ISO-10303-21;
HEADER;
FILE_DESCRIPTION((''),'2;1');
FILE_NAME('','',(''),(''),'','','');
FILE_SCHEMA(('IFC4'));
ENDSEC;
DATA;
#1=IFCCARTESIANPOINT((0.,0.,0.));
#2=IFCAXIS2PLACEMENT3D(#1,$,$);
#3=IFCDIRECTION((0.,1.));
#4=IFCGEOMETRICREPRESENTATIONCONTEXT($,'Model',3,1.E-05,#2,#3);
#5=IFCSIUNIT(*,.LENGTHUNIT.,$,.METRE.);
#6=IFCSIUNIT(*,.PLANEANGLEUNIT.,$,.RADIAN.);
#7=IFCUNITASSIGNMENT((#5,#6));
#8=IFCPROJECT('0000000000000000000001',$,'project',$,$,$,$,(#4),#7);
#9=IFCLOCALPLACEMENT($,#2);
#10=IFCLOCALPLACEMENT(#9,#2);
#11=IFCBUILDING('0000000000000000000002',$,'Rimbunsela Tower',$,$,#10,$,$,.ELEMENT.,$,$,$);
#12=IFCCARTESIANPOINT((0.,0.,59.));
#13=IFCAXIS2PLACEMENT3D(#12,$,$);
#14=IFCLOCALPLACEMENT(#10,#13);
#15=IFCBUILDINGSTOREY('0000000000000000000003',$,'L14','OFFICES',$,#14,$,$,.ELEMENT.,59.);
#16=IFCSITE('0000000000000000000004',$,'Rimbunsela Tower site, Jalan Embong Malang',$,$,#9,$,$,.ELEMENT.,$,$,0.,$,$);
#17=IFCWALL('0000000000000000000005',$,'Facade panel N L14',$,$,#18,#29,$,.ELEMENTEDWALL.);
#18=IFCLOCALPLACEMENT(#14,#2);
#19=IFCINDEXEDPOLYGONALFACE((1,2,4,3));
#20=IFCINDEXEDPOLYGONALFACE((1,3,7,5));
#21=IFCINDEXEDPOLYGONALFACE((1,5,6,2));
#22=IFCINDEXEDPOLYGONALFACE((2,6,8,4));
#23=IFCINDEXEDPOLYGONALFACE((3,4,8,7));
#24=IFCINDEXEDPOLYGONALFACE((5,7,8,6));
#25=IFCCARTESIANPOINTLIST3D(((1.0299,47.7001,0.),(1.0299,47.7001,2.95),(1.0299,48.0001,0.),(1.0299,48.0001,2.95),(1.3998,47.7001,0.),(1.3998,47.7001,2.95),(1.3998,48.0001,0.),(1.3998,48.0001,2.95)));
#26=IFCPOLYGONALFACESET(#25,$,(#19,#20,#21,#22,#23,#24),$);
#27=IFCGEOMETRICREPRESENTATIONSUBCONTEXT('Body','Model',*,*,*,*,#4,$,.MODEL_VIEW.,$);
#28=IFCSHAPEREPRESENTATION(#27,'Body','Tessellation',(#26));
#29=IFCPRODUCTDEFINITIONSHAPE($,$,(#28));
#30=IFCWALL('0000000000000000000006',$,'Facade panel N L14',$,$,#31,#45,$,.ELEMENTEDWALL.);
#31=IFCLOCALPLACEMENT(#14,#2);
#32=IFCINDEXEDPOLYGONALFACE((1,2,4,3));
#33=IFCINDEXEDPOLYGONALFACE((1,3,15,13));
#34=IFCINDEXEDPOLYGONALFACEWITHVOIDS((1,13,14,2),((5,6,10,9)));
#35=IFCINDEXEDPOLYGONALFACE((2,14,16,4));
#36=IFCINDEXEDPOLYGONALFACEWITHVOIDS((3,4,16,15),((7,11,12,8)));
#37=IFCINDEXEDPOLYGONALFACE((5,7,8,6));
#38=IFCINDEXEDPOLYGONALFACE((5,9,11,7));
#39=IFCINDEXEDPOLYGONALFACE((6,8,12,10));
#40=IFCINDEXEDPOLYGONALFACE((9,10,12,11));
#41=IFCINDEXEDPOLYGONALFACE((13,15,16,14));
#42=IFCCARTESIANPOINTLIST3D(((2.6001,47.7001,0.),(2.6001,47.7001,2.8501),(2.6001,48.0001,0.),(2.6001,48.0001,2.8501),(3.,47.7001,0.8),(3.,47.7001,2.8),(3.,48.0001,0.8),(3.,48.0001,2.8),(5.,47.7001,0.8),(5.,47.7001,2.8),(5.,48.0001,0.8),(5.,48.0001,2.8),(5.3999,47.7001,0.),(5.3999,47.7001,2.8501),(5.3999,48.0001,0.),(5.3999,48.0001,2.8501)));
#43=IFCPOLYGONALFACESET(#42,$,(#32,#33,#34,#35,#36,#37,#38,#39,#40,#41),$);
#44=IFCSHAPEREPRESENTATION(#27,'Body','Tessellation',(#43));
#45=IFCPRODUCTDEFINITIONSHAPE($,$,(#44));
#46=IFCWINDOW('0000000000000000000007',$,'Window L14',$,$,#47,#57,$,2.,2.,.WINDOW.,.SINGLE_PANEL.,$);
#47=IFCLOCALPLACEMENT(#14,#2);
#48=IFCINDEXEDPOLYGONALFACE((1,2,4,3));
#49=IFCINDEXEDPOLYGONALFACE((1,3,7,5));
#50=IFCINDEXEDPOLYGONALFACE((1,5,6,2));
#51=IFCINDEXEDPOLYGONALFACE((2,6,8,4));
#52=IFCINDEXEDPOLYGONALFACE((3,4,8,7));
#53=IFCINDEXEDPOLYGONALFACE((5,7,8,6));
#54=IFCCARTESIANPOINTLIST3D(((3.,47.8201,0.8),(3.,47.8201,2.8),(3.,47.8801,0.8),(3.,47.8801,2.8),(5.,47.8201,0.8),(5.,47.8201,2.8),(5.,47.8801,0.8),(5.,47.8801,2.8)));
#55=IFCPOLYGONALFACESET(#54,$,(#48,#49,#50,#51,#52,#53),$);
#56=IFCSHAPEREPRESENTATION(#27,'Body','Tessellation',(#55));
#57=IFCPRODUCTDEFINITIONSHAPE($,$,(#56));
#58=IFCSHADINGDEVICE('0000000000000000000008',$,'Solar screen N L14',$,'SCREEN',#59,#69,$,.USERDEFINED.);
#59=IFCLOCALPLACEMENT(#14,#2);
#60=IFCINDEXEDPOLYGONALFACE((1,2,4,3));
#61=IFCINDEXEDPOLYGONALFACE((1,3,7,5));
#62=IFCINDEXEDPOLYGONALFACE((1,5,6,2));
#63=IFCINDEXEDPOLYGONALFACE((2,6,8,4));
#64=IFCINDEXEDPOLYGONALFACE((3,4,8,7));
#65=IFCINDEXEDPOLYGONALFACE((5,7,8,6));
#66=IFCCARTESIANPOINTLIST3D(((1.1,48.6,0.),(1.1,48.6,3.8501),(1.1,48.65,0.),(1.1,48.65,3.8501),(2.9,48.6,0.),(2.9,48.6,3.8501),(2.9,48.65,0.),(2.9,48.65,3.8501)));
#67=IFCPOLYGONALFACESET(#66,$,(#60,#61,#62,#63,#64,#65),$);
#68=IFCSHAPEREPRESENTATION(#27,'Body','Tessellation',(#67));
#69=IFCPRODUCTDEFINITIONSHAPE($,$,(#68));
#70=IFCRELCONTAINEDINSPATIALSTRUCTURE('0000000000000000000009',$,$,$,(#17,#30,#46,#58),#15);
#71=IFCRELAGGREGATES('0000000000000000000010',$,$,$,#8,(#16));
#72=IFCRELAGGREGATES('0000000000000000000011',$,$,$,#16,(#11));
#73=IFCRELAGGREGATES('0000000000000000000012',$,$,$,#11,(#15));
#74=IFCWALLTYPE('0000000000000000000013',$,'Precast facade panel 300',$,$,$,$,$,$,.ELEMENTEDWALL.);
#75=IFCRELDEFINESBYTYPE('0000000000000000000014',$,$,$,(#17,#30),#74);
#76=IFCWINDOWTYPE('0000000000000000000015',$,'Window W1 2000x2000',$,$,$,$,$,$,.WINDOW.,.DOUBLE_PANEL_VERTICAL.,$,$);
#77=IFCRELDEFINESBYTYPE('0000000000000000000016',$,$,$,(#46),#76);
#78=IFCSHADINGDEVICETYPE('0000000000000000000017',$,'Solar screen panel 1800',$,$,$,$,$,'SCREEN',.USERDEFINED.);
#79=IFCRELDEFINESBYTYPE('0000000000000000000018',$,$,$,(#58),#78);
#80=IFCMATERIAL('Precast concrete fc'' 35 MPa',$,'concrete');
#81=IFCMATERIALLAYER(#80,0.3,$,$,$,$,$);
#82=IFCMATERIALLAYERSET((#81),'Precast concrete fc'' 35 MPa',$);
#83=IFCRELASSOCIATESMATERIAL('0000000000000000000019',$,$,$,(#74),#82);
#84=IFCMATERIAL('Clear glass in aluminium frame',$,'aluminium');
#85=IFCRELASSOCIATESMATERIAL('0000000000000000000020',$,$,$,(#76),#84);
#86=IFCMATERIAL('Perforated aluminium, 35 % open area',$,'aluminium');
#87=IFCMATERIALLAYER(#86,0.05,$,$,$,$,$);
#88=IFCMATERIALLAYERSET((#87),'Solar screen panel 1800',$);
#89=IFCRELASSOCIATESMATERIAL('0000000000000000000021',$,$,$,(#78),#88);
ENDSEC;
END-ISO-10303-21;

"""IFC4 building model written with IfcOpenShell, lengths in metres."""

from ifc_helpers import new_model, si_unit, direction, frame, frame_2d, origin, origin_2d, place, context, subcontext, project, spatial, rectangle, extrude, material, layer, layer_set, type_object, element, fill, save


model = new_model("IFC4")

# Units and contexts
model_context = context("Model", 3, precision=1e-05, world=origin(), true_north=direction((0.0, 1.0)))
body_context = subcontext(model_context, "Body", "Model", "MODEL_VIEW")
ifc_project = project(units=[si_unit("LENGTHUNIT", "METRE"), si_unit("PLANEANGLEUNIT", "RADIAN")], contexts=[model_context])

# Site, building, storey
site_placement = place(None, origin())
site = spatial("IfcSite", under=ifc_project, at=site_placement, Name="Rimbunsela Tower site, Jalan Embong Malang", CompositionType="ELEMENT", RefElevation=0.0)
building_placement = place(site_placement, origin())
building = spatial("IfcBuilding", under=site, at=building_placement, Name="Rimbunsela Tower", CompositionType="ELEMENT")
storey_placement = place(building_placement, frame((0.0, 0.0, 59.0)))
storey = spatial("IfcBuildingStorey", under=building, at=storey_placement, Name="L14", Description="OFFICES", CompositionType="ELEMENT", Elevation=59.0)

# Wall
ifc_material_1 = material(Name="Precast concrete fc' 35 MPa", Category="concrete")
ifc_layer_1 = layer(ifc_material_1, 0.3)
ifc_layer_set_1 = layer_set([ifc_layer_1], Name="Precast concrete fc' 35 MPa")
wall_type = type_object("IfcWallType", Name="Precast facade panel 300", PredefinedType="ELEMENTEDWALL", material=ifc_layer_set_1)
wall_1_placement = place(storey_placement, frame((1.3999, 47.8501, 0.0), z_axis=(0.0, 0.0, 1.0), x_axis=(-1.0, 0.0, 0.0)))
element("IfcWall", 1, at=wall_1_placement, inside=storey, type_object=wall_type, Name="Facade panel N L14", PredefinedType="ELEMENTEDWALL", context=body_context, shape_type="SweptSolid", body=[
    extrude(rectangle(XDim=0.3699, YDim=0.3, at=frame_2d((0.1851, 0.0))), origin(), (0.0, 0.0, 1.0), 2.95),
])

# Wall, opening, window
wall_2_placement = place(storey_placement, frame((5.3999, 47.8501, 0.0), z_axis=(0.0, 0.0, 1.0), x_axis=(-1.0, 0.0, 0.0)))
wall_2 = element("IfcWall", 2, at=wall_2_placement, inside=storey, type_object=wall_type, Name="Facade panel N L14", PredefinedType="ELEMENTEDWALL", context=body_context, shape_type="SweptSolid", body=[
    extrude(rectangle(XDim=2.7998, YDim=0.3, at=frame_2d((1.3999, 0.0))), origin(), (0.0, 0.0, 1.0), 2.8501),
])
opening_placement = place(wall_2_placement, frame((0.3999, 0.0, 0.8)))
opening = element("IfcOpeningElement", 3, at=opening_placement, cuts=wall_2, PredefinedType="OPENING", context=body_context, shape_type="SweptSolid", body=[
    extrude(rectangle(XDim=2.0, YDim=2.0, at=frame_2d((1.0, 1.0))), frame((0.0, 0.1599, 0.0), z_axis=(0.0, -1.0, 0.0), x_axis=(1.0, 0.0, 0.0)), (0.0, 0.0, 1.0), 0.3201),
])
ifc_material_2 = material(Name="Clear glass in aluminium frame", Category="aluminium")
window_type = type_object("IfcWindowType", Name="Window W1 2000x2000", PartitioningType="DOUBLE_PANEL_VERTICAL", PredefinedType="WINDOW", material=ifc_material_2)
window_placement = place(opening_placement, origin())
window = element("IfcWindow", 4, at=window_placement, inside=storey, type_object=window_type, Name="Window L14", OverallHeight=2.0, OverallWidth=2.0, PartitioningType="SINGLE_PANEL", PredefinedType="WINDOW", context=body_context, shape_type="SweptSolid", body=[
    extrude(rectangle(XDim=2.0, YDim=2.0, at=frame_2d((1.0, 1.0))), frame((0.0, 0.03, 0.0), z_axis=(0.0, -1.0, 0.0), x_axis=(1.0, 0.0, 0.0)), (0.0, 0.0, 1.0), 0.0601),
])
fill(opening, window)

# Shading device
ifc_material_3 = material(Name="Perforated aluminium, 35 % open area", Category="aluminium")
ifc_layer_2 = layer(ifc_material_3, 0.05)
ifc_layer_set_2 = layer_set([ifc_layer_2], Name="Solar screen panel 1800")
shading_device_type = type_object("IfcShadingDeviceType", Name="Solar screen panel 1800", ElementType="SCREEN", PredefinedType="USERDEFINED", material=ifc_layer_set_2)
shading_device_placement = place(storey_placement, frame((2.0, 48.625, 0.0), z_axis=(0.0, 0.0, 1.0), x_axis=(1.0, 0.0, 0.0)))
element("IfcShadingDevice", 5, at=shading_device_placement, inside=storey, type_object=shading_device_type, Name="Solar screen N L14", ObjectType="SCREEN", PredefinedType="USERDEFINED", context=body_context, shape_type="SweptSolid", body=[
    extrude(rectangle(XDim=1.8, YDim=0.05, at=origin_2d()), origin(), (0.0, 0.0, 1.0), 3.8501),
])

save(model, "model.ifc")
